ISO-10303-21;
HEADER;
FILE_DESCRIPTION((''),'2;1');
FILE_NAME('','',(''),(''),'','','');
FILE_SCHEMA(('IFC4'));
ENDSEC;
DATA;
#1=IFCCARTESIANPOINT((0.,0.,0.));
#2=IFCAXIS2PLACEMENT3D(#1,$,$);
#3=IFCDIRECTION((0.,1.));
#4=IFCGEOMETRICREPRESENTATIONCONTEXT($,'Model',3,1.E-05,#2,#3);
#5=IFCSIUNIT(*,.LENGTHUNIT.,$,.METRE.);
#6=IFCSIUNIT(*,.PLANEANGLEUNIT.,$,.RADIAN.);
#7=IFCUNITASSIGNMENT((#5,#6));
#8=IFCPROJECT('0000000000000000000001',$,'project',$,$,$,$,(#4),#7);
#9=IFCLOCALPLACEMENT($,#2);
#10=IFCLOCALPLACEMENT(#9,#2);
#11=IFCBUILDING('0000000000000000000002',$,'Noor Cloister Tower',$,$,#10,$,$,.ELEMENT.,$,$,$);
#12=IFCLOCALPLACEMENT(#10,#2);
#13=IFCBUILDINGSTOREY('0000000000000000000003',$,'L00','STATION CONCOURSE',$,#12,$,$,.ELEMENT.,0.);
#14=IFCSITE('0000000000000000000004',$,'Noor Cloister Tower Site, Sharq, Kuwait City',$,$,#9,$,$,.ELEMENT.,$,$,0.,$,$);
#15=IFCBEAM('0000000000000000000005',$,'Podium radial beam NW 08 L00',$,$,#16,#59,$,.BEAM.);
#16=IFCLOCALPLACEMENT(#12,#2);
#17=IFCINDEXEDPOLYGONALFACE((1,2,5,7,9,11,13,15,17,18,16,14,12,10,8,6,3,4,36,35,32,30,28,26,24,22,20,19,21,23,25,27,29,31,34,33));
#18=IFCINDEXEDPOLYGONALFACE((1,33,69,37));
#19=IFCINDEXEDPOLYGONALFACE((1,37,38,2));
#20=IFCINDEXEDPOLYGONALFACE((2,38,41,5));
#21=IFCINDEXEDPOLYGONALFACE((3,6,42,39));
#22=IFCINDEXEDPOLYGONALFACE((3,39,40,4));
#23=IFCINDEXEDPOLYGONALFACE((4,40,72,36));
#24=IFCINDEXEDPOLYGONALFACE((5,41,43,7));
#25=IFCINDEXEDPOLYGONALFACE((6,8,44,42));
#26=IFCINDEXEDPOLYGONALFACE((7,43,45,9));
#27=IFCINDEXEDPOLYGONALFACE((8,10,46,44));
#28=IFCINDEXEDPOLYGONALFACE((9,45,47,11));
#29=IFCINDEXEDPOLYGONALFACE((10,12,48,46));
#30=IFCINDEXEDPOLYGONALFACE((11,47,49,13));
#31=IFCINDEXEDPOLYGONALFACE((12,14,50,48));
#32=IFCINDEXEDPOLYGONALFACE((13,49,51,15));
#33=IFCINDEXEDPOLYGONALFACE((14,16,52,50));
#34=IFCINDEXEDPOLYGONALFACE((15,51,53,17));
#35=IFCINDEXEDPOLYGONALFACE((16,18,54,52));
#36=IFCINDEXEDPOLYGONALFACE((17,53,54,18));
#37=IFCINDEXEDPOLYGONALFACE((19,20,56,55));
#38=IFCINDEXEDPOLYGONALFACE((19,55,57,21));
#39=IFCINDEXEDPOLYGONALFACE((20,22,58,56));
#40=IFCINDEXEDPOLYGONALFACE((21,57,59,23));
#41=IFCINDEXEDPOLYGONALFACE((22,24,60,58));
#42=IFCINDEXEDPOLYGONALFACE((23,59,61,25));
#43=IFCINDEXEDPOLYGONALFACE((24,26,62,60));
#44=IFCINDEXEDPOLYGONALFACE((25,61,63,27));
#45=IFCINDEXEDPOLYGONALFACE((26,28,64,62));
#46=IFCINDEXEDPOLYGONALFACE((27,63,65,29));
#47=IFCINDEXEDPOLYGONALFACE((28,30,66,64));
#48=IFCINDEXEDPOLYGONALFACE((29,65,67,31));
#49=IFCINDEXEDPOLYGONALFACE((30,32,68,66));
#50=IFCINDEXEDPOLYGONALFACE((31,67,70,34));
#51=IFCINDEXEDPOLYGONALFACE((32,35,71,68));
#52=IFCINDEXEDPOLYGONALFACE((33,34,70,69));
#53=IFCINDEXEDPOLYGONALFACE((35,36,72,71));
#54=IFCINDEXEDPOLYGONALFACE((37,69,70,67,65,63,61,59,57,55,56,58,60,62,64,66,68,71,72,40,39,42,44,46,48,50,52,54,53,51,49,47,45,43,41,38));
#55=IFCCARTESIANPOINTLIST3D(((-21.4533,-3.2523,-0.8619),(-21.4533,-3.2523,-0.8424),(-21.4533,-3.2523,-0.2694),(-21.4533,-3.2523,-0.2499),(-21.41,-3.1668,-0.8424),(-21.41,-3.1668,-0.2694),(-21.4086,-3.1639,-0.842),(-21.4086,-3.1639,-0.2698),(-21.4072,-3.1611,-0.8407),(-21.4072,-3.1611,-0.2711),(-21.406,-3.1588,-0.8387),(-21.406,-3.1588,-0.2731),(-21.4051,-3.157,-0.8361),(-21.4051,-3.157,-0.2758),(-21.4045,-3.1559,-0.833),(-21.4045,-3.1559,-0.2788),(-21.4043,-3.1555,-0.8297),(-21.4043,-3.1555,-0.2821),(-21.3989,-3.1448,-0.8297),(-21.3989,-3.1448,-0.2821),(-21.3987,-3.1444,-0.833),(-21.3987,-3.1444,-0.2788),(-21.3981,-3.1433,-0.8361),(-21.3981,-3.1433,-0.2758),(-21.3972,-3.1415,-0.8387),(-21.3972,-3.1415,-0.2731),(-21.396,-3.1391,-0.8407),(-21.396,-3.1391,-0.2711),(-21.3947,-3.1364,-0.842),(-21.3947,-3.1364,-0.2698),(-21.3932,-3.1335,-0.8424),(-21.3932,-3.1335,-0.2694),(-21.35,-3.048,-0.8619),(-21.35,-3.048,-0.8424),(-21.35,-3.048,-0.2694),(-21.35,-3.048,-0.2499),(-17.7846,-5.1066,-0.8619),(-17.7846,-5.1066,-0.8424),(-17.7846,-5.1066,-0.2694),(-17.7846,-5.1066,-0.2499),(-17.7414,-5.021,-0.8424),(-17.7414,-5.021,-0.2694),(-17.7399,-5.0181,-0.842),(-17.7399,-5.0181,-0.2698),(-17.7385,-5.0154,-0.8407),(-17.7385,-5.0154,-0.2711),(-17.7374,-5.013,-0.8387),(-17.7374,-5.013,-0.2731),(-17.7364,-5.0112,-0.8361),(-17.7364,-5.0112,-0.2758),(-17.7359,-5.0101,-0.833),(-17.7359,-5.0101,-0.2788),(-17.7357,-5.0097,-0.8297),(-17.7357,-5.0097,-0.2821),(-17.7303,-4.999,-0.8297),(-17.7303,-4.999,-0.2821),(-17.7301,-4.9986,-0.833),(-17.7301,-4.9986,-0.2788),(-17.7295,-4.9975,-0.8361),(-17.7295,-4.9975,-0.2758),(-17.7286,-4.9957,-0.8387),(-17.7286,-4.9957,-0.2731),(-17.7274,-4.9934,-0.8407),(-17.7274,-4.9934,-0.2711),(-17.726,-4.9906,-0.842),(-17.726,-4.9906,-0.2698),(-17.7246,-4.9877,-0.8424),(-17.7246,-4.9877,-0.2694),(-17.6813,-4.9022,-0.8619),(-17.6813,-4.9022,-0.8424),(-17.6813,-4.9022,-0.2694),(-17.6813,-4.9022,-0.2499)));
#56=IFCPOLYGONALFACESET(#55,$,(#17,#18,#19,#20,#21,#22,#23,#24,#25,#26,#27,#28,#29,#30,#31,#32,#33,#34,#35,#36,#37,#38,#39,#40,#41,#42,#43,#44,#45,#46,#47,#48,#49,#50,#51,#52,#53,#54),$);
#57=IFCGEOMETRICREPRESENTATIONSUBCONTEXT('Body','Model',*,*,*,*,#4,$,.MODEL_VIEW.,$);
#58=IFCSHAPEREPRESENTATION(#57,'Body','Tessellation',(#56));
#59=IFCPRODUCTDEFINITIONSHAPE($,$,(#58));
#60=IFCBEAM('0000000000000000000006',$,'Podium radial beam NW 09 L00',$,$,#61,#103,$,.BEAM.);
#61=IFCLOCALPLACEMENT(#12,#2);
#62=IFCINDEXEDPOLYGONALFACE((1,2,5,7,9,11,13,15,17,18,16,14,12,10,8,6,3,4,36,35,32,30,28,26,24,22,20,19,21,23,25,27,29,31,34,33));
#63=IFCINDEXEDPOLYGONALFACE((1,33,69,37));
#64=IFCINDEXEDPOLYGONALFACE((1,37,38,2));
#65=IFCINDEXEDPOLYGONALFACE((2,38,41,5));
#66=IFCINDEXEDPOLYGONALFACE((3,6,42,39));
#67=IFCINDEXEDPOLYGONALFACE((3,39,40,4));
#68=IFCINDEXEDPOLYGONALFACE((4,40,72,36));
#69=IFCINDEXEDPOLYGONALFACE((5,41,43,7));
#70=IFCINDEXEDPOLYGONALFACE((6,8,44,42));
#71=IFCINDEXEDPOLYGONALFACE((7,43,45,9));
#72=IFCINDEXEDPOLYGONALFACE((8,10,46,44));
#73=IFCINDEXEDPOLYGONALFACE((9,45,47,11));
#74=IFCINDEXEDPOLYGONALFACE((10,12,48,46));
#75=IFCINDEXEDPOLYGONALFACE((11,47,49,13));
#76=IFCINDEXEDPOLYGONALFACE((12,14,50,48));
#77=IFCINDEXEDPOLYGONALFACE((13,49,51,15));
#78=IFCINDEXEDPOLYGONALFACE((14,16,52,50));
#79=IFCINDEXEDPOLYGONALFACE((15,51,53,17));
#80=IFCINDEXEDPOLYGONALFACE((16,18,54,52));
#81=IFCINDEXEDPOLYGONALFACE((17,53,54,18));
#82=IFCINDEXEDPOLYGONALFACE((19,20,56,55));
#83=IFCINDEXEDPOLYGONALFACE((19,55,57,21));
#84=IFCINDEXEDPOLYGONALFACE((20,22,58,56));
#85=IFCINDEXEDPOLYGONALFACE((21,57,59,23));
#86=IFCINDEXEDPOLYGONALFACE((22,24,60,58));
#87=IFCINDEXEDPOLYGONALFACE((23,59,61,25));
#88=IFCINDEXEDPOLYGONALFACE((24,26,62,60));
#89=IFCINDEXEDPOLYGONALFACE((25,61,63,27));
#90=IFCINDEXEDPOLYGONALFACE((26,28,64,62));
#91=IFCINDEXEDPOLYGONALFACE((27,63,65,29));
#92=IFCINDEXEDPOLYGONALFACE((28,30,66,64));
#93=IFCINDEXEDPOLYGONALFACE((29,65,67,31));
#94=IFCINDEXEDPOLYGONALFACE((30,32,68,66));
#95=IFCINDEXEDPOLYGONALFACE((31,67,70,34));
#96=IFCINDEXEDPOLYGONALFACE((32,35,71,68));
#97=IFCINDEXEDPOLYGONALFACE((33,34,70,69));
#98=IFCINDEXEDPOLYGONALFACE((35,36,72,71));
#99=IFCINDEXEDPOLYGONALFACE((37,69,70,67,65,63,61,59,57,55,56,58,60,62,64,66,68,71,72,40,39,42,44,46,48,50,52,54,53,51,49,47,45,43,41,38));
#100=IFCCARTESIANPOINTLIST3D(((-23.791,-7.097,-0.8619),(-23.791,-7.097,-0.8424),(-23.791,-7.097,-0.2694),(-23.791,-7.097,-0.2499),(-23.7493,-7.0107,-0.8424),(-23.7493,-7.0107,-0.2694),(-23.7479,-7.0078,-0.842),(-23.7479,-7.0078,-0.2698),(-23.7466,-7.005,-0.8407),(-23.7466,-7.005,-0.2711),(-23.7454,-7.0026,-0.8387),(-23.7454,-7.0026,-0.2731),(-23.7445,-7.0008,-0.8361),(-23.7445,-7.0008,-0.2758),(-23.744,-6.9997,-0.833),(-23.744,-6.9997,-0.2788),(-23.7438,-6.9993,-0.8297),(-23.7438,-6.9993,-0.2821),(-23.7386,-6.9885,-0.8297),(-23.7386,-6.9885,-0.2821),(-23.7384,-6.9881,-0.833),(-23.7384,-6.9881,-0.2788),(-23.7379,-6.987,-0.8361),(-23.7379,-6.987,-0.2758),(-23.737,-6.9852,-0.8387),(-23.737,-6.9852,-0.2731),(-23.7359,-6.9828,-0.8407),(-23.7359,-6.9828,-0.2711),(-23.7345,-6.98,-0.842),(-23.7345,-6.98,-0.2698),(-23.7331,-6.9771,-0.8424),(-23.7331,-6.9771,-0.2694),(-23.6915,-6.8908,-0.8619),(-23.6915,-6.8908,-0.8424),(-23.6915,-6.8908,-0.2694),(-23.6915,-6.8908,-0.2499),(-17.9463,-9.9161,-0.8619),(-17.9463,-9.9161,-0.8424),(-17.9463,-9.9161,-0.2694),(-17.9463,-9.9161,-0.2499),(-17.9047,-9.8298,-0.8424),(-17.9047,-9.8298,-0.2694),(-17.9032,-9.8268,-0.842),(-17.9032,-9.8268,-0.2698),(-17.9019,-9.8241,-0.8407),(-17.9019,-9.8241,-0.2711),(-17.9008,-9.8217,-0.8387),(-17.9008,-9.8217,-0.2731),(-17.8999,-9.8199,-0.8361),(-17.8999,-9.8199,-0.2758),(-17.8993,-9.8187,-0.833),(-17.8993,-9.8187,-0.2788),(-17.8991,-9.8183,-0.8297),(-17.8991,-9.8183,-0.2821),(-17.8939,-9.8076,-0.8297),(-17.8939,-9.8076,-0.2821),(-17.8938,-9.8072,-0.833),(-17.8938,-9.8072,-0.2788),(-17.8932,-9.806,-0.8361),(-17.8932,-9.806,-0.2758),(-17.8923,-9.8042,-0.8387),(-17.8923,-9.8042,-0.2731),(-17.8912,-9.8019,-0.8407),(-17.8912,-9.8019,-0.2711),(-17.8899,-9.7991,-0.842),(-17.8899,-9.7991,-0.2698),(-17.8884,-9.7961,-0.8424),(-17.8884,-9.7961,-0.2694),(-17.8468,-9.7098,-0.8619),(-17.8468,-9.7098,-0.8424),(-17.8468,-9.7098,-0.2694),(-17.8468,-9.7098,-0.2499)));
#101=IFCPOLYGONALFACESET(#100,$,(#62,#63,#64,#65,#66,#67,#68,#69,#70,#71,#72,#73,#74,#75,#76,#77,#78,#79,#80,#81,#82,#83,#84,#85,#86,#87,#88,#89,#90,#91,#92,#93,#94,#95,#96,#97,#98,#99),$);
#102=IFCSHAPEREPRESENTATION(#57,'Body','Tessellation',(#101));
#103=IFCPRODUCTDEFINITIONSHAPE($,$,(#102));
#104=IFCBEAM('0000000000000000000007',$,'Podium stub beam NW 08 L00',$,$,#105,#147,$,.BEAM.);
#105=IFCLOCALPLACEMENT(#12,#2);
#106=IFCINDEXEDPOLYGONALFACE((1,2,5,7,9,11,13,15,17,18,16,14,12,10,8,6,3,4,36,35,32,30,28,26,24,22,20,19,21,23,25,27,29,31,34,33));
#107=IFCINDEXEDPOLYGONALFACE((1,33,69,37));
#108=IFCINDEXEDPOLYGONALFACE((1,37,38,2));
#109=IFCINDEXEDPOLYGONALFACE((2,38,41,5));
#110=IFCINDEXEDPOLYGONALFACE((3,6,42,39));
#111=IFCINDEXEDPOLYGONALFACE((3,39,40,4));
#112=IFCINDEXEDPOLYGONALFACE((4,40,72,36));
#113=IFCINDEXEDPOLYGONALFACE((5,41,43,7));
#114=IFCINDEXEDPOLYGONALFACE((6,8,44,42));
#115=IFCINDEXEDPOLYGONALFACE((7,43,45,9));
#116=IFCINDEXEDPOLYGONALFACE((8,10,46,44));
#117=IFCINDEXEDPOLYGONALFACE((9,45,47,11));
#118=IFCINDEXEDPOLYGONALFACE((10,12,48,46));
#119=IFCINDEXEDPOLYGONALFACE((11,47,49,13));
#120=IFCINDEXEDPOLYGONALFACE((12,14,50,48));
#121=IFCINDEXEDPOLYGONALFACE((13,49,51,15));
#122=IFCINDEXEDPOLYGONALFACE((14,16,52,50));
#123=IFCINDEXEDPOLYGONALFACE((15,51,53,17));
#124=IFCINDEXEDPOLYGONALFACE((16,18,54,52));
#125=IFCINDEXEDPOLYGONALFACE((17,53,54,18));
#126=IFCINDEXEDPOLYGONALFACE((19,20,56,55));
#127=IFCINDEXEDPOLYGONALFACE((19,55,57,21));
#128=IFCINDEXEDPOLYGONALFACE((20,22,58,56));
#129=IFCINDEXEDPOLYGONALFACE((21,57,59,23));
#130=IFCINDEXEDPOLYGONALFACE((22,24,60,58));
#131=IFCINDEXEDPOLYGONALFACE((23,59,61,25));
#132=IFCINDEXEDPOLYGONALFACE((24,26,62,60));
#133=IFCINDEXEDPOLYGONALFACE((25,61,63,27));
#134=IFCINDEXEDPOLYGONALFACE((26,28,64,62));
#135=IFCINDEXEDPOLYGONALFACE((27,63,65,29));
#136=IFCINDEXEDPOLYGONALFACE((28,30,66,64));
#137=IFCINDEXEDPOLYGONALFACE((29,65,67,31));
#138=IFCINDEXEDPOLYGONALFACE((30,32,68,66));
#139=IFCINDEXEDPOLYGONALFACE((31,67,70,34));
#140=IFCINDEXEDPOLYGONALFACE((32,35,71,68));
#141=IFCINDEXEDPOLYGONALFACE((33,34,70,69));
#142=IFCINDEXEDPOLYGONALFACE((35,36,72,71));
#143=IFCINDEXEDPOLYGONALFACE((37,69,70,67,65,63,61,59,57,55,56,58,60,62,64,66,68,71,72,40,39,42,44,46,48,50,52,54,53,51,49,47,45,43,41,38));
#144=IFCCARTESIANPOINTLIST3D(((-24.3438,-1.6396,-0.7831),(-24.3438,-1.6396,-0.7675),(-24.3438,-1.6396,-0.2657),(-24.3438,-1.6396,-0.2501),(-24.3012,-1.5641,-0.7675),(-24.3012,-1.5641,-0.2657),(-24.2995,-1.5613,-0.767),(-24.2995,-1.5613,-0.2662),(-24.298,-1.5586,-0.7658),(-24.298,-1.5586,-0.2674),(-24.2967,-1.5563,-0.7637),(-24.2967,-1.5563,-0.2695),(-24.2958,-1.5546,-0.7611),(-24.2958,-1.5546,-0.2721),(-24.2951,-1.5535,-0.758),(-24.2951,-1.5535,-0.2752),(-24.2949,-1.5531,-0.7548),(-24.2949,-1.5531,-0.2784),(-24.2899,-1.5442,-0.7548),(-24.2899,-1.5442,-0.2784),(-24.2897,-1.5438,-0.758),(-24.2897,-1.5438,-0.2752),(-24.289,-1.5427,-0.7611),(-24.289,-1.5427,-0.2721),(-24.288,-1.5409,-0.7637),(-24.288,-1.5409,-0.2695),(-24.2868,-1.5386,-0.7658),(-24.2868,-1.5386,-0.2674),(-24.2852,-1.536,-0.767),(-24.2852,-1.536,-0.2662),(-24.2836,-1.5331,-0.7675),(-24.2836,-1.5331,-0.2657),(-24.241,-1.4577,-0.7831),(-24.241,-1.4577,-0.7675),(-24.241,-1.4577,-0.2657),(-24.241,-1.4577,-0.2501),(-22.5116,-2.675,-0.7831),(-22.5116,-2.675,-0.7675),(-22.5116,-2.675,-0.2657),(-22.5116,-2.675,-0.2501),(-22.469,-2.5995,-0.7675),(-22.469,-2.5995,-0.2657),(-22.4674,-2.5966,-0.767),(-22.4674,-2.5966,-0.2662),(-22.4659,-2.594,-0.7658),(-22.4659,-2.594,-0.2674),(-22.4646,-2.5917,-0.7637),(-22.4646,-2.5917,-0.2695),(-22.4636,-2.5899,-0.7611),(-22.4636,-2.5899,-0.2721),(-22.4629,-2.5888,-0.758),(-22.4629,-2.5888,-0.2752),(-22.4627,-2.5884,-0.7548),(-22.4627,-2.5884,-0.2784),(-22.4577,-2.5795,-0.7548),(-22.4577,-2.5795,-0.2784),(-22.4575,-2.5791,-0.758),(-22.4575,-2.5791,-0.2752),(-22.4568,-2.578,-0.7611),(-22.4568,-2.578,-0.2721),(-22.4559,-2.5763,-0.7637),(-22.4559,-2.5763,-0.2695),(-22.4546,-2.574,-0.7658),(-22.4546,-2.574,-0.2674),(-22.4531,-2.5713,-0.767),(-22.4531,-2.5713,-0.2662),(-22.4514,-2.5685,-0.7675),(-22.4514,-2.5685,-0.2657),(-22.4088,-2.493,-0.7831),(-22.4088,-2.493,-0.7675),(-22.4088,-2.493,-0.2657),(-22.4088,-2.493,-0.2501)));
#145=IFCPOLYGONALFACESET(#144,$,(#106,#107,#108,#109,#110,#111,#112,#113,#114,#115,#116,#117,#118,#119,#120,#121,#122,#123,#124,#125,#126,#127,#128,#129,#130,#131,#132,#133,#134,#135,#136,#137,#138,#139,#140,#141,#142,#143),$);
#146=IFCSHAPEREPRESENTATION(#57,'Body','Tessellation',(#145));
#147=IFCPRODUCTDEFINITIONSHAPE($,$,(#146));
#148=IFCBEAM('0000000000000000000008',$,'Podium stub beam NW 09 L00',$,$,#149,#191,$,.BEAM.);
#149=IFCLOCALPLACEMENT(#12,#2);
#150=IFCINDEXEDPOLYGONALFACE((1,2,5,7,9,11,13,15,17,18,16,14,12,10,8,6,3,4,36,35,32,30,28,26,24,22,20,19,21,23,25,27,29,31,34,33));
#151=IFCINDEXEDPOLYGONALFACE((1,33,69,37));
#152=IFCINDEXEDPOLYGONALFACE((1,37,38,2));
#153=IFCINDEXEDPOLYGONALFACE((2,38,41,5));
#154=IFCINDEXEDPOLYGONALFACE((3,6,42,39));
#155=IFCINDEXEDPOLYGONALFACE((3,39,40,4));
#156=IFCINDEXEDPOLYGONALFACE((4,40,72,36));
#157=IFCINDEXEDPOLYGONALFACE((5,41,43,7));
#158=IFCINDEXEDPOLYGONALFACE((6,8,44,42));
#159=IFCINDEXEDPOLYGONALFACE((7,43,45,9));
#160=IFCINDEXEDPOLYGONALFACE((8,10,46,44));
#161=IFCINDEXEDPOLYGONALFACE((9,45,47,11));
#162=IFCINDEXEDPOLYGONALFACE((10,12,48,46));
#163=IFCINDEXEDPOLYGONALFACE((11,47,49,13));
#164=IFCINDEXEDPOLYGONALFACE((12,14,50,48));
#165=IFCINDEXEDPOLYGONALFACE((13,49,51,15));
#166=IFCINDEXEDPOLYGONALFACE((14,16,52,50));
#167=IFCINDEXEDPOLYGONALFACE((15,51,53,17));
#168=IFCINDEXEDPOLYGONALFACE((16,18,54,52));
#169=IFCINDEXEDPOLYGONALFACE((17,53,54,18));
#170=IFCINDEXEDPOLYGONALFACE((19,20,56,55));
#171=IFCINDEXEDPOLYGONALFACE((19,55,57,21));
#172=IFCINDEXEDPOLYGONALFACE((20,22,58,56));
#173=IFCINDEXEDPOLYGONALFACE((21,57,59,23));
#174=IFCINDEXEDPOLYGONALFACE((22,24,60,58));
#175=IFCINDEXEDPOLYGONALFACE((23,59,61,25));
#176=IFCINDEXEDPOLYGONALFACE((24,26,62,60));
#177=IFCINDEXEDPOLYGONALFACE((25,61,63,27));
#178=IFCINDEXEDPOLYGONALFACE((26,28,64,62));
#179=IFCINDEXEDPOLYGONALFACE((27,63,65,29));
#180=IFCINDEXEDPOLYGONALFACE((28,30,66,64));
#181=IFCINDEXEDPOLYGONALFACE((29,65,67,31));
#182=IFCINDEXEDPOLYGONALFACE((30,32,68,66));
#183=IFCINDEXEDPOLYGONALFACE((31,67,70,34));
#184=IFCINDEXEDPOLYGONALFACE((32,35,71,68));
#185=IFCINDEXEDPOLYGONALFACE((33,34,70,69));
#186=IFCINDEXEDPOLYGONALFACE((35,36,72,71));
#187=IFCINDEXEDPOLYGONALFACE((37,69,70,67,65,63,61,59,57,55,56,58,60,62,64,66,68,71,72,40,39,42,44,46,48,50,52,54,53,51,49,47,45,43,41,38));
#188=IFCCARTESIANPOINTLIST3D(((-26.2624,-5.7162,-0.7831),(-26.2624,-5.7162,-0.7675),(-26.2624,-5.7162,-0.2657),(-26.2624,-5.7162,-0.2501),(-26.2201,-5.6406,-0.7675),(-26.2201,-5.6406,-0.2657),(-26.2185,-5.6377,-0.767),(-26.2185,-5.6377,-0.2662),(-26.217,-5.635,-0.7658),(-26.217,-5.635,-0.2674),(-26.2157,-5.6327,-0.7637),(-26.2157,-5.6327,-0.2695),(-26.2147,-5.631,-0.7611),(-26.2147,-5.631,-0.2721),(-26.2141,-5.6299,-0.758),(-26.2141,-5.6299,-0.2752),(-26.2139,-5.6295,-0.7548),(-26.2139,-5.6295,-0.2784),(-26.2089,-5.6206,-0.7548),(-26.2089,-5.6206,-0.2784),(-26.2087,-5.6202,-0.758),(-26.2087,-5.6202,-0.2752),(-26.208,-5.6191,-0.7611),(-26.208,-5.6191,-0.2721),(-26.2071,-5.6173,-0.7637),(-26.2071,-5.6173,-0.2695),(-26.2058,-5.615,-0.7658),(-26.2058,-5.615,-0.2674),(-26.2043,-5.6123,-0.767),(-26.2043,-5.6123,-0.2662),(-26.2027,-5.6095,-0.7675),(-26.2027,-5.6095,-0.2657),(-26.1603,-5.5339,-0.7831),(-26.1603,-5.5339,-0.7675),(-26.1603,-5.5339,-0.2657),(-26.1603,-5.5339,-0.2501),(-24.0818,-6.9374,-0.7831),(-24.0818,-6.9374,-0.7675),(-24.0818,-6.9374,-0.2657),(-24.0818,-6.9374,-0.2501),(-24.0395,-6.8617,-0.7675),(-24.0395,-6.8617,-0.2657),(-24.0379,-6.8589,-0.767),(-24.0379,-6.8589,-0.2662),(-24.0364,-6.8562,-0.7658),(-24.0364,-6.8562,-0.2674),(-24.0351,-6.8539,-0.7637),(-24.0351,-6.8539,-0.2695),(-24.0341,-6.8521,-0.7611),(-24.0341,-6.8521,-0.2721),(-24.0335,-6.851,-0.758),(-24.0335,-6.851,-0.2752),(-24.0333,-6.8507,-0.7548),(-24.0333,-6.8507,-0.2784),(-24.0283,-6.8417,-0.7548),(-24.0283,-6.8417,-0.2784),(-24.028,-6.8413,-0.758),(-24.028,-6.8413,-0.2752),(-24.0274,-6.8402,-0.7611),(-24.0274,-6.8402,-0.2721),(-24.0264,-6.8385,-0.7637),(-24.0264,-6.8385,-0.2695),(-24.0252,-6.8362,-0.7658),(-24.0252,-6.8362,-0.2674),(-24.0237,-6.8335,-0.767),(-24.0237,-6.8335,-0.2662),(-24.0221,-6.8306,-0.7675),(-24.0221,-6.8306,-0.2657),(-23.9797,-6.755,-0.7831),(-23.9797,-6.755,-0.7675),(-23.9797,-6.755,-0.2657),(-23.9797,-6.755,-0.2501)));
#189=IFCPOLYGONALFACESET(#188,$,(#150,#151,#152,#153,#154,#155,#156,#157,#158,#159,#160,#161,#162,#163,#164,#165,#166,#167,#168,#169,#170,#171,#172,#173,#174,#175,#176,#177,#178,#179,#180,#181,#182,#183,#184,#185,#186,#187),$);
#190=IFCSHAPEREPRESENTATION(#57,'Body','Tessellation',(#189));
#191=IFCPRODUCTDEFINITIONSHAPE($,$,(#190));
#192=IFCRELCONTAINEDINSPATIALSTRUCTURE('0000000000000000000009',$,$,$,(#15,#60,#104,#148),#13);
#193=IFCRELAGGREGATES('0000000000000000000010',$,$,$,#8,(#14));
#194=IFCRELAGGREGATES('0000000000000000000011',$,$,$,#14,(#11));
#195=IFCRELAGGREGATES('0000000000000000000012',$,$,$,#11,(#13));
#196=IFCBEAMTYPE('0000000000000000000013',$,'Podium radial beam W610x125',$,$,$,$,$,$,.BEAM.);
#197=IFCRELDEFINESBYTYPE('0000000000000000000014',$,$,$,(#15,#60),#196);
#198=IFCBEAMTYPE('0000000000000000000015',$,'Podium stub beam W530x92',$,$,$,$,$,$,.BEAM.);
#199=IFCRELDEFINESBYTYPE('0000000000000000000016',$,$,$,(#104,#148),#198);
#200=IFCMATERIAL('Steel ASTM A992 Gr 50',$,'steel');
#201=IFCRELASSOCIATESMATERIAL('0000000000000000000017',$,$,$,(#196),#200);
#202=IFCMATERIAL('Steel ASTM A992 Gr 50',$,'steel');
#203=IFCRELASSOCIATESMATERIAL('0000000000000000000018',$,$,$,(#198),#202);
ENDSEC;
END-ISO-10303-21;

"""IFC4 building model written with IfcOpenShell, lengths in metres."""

from ifc_helpers import new_model, si_unit, direction, frame, origin, origin_2d, place, context, subcontext, project, spatial, i_section, extrude, material, material_profile, profile_set, type_object, element, save


model = new_model("IFC4")

# Units and contexts
model_context = context("Model", 3, precision=1e-05, world=origin(), true_north=direction((0.0, 1.0)))
body_context = subcontext(model_context, "Body", "Model", "MODEL_VIEW")
ifc_project = project(units=[si_unit("LENGTHUNIT", "METRE"), si_unit("PLANEANGLEUNIT", "RADIAN")], contexts=[model_context])

# Site, building, storey
site_placement = place(None, origin())
site = spatial("IfcSite", under=ifc_project, at=site_placement, Name="Noor Cloister Tower Site, Sharq, Kuwait City", CompositionType="ELEMENT", RefElevation=0.0)
building_placement = place(site_placement, origin())
building = spatial("IfcBuilding", under=site, at=building_placement, Name="Noor Cloister Tower", CompositionType="ELEMENT")
storey_placement = place(building_placement, origin())
storey = spatial("IfcBuildingStorey", under=building, at=storey_placement, Name="L00", Description="STATION CONCOURSE", CompositionType="ELEMENT", Elevation=0.0)

# Beams
ifc_material_1 = material(Name="Steel ASTM A992 Gr 50", Category="steel")
ifc_material_profile_1 = material_profile(ifc_material_1, i_section(OverallWidth=0.229, OverallDepth=0.6121, WebThickness=0.012, FlangeThickness=0.0195, FilletRadius=0.0127, at=origin_2d()), Name="W610x125")
ifc_profile_set_1 = profile_set([ifc_material_profile_1], Name="Steel ASTM A992 Gr 50")
beam_type_1 = type_object("IfcBeamType", Name="Podium radial beam W610x125", PredefinedType="BEAM", material=ifc_profile_set_1)
beam_1_placement = place(storey_placement, frame((-21.4016, -3.1501, -0.5559), z_axis=(0.892483, -0.451082, 0.0), x_axis=(0.451082, 0.892483, 0.0)))
element("IfcBeam", 1, at=beam_1_placement, inside=storey, type_object=beam_type_1, Name="Podium radial beam NW 08 L00", PredefinedType="BEAM", context=body_context, shape_type="SweptSolid", body=[
    extrude(i_section(OverallWidth=0.229, OverallDepth=0.6121, WebThickness=0.012, FlangeThickness=0.0195, FilletRadius=0.0127, at=origin_2d()), origin(), (0.0, 0.0, 1.0), 4.1106),
])
beam_2_placement = place(storey_placement, frame((-23.7412, -6.9939, -0.5559), z_axis=(0.900702, -0.434437, 0.0), x_axis=(0.434437, 0.900702, 0.0)))
element("IfcBeam", 2, at=beam_2_placement, inside=storey, type_object=beam_type_1, Name="Podium radial beam NW 09 L00", PredefinedType="BEAM", context=body_context, shape_type="SweptSolid", body=[
    extrude(i_section(OverallWidth=0.229, OverallDepth=0.6121, WebThickness=0.012, FlangeThickness=0.0195, FilletRadius=0.0127, at=origin_2d()), origin(), (0.0, 0.0, 1.0), 6.489),
])
ifc_material_2 = material(Name="Steel ASTM A992 Gr 50", Category="steel")
ifc_material_profile_2 = material_profile(ifc_material_2, i_section(OverallWidth=0.209, OverallDepth=0.533, WebThickness=0.0103, FlangeThickness=0.0156, FilletRadius=0.0127, at=origin_2d()), Name="W530x92")
ifc_profile_set_2 = profile_set([ifc_material_profile_2], Name="Steel ASTM A992 Gr 50")
beam_type_2 = type_object("IfcBeamType", Name="Podium stub beam W530x92", PredefinedType="BEAM", material=ifc_profile_set_2)
beam_3_placement = place(storey_placement, frame((-22.4602, -2.584, -0.5166), z_axis=(-0.87061, 0.491973, 0.0), x_axis=(-0.491973, -0.87061, 0.0)))
element("IfcBeam", 3, at=beam_3_placement, inside=storey, type_object=beam_type_2, Name="Podium stub beam NW 08 L00", PredefinedType="BEAM", context=body_context, shape_type="SweptSolid", body=[
    extrude(i_section(OverallWidth=0.209, OverallDepth=0.533, WebThickness=0.0103, FlangeThickness=0.0156, FilletRadius=0.0127, at=origin_2d()), origin(), (0.0, 0.0, 1.0), 2.1045),
])
beam_4_placement = place(storey_placement, frame((-24.0308, -6.8462, -0.5166), z_axis=(-0.872503, 0.488609, 0.0), x_axis=(-0.488609, -0.872503, 0.0)))
element("IfcBeam", 4, at=beam_4_placement, inside=storey, type_object=beam_type_2, Name="Podium stub beam NW 09 L00", PredefinedType="BEAM", context=body_context, shape_type="SweptSolid", body=[
    extrude(i_section(OverallWidth=0.209, OverallDepth=0.533, WebThickness=0.0103, FlangeThickness=0.0156, FilletRadius=0.0127, at=origin_2d()), origin(), (0.0, 0.0, 1.0), 2.4993),
])

save(model, "model.ifc")
